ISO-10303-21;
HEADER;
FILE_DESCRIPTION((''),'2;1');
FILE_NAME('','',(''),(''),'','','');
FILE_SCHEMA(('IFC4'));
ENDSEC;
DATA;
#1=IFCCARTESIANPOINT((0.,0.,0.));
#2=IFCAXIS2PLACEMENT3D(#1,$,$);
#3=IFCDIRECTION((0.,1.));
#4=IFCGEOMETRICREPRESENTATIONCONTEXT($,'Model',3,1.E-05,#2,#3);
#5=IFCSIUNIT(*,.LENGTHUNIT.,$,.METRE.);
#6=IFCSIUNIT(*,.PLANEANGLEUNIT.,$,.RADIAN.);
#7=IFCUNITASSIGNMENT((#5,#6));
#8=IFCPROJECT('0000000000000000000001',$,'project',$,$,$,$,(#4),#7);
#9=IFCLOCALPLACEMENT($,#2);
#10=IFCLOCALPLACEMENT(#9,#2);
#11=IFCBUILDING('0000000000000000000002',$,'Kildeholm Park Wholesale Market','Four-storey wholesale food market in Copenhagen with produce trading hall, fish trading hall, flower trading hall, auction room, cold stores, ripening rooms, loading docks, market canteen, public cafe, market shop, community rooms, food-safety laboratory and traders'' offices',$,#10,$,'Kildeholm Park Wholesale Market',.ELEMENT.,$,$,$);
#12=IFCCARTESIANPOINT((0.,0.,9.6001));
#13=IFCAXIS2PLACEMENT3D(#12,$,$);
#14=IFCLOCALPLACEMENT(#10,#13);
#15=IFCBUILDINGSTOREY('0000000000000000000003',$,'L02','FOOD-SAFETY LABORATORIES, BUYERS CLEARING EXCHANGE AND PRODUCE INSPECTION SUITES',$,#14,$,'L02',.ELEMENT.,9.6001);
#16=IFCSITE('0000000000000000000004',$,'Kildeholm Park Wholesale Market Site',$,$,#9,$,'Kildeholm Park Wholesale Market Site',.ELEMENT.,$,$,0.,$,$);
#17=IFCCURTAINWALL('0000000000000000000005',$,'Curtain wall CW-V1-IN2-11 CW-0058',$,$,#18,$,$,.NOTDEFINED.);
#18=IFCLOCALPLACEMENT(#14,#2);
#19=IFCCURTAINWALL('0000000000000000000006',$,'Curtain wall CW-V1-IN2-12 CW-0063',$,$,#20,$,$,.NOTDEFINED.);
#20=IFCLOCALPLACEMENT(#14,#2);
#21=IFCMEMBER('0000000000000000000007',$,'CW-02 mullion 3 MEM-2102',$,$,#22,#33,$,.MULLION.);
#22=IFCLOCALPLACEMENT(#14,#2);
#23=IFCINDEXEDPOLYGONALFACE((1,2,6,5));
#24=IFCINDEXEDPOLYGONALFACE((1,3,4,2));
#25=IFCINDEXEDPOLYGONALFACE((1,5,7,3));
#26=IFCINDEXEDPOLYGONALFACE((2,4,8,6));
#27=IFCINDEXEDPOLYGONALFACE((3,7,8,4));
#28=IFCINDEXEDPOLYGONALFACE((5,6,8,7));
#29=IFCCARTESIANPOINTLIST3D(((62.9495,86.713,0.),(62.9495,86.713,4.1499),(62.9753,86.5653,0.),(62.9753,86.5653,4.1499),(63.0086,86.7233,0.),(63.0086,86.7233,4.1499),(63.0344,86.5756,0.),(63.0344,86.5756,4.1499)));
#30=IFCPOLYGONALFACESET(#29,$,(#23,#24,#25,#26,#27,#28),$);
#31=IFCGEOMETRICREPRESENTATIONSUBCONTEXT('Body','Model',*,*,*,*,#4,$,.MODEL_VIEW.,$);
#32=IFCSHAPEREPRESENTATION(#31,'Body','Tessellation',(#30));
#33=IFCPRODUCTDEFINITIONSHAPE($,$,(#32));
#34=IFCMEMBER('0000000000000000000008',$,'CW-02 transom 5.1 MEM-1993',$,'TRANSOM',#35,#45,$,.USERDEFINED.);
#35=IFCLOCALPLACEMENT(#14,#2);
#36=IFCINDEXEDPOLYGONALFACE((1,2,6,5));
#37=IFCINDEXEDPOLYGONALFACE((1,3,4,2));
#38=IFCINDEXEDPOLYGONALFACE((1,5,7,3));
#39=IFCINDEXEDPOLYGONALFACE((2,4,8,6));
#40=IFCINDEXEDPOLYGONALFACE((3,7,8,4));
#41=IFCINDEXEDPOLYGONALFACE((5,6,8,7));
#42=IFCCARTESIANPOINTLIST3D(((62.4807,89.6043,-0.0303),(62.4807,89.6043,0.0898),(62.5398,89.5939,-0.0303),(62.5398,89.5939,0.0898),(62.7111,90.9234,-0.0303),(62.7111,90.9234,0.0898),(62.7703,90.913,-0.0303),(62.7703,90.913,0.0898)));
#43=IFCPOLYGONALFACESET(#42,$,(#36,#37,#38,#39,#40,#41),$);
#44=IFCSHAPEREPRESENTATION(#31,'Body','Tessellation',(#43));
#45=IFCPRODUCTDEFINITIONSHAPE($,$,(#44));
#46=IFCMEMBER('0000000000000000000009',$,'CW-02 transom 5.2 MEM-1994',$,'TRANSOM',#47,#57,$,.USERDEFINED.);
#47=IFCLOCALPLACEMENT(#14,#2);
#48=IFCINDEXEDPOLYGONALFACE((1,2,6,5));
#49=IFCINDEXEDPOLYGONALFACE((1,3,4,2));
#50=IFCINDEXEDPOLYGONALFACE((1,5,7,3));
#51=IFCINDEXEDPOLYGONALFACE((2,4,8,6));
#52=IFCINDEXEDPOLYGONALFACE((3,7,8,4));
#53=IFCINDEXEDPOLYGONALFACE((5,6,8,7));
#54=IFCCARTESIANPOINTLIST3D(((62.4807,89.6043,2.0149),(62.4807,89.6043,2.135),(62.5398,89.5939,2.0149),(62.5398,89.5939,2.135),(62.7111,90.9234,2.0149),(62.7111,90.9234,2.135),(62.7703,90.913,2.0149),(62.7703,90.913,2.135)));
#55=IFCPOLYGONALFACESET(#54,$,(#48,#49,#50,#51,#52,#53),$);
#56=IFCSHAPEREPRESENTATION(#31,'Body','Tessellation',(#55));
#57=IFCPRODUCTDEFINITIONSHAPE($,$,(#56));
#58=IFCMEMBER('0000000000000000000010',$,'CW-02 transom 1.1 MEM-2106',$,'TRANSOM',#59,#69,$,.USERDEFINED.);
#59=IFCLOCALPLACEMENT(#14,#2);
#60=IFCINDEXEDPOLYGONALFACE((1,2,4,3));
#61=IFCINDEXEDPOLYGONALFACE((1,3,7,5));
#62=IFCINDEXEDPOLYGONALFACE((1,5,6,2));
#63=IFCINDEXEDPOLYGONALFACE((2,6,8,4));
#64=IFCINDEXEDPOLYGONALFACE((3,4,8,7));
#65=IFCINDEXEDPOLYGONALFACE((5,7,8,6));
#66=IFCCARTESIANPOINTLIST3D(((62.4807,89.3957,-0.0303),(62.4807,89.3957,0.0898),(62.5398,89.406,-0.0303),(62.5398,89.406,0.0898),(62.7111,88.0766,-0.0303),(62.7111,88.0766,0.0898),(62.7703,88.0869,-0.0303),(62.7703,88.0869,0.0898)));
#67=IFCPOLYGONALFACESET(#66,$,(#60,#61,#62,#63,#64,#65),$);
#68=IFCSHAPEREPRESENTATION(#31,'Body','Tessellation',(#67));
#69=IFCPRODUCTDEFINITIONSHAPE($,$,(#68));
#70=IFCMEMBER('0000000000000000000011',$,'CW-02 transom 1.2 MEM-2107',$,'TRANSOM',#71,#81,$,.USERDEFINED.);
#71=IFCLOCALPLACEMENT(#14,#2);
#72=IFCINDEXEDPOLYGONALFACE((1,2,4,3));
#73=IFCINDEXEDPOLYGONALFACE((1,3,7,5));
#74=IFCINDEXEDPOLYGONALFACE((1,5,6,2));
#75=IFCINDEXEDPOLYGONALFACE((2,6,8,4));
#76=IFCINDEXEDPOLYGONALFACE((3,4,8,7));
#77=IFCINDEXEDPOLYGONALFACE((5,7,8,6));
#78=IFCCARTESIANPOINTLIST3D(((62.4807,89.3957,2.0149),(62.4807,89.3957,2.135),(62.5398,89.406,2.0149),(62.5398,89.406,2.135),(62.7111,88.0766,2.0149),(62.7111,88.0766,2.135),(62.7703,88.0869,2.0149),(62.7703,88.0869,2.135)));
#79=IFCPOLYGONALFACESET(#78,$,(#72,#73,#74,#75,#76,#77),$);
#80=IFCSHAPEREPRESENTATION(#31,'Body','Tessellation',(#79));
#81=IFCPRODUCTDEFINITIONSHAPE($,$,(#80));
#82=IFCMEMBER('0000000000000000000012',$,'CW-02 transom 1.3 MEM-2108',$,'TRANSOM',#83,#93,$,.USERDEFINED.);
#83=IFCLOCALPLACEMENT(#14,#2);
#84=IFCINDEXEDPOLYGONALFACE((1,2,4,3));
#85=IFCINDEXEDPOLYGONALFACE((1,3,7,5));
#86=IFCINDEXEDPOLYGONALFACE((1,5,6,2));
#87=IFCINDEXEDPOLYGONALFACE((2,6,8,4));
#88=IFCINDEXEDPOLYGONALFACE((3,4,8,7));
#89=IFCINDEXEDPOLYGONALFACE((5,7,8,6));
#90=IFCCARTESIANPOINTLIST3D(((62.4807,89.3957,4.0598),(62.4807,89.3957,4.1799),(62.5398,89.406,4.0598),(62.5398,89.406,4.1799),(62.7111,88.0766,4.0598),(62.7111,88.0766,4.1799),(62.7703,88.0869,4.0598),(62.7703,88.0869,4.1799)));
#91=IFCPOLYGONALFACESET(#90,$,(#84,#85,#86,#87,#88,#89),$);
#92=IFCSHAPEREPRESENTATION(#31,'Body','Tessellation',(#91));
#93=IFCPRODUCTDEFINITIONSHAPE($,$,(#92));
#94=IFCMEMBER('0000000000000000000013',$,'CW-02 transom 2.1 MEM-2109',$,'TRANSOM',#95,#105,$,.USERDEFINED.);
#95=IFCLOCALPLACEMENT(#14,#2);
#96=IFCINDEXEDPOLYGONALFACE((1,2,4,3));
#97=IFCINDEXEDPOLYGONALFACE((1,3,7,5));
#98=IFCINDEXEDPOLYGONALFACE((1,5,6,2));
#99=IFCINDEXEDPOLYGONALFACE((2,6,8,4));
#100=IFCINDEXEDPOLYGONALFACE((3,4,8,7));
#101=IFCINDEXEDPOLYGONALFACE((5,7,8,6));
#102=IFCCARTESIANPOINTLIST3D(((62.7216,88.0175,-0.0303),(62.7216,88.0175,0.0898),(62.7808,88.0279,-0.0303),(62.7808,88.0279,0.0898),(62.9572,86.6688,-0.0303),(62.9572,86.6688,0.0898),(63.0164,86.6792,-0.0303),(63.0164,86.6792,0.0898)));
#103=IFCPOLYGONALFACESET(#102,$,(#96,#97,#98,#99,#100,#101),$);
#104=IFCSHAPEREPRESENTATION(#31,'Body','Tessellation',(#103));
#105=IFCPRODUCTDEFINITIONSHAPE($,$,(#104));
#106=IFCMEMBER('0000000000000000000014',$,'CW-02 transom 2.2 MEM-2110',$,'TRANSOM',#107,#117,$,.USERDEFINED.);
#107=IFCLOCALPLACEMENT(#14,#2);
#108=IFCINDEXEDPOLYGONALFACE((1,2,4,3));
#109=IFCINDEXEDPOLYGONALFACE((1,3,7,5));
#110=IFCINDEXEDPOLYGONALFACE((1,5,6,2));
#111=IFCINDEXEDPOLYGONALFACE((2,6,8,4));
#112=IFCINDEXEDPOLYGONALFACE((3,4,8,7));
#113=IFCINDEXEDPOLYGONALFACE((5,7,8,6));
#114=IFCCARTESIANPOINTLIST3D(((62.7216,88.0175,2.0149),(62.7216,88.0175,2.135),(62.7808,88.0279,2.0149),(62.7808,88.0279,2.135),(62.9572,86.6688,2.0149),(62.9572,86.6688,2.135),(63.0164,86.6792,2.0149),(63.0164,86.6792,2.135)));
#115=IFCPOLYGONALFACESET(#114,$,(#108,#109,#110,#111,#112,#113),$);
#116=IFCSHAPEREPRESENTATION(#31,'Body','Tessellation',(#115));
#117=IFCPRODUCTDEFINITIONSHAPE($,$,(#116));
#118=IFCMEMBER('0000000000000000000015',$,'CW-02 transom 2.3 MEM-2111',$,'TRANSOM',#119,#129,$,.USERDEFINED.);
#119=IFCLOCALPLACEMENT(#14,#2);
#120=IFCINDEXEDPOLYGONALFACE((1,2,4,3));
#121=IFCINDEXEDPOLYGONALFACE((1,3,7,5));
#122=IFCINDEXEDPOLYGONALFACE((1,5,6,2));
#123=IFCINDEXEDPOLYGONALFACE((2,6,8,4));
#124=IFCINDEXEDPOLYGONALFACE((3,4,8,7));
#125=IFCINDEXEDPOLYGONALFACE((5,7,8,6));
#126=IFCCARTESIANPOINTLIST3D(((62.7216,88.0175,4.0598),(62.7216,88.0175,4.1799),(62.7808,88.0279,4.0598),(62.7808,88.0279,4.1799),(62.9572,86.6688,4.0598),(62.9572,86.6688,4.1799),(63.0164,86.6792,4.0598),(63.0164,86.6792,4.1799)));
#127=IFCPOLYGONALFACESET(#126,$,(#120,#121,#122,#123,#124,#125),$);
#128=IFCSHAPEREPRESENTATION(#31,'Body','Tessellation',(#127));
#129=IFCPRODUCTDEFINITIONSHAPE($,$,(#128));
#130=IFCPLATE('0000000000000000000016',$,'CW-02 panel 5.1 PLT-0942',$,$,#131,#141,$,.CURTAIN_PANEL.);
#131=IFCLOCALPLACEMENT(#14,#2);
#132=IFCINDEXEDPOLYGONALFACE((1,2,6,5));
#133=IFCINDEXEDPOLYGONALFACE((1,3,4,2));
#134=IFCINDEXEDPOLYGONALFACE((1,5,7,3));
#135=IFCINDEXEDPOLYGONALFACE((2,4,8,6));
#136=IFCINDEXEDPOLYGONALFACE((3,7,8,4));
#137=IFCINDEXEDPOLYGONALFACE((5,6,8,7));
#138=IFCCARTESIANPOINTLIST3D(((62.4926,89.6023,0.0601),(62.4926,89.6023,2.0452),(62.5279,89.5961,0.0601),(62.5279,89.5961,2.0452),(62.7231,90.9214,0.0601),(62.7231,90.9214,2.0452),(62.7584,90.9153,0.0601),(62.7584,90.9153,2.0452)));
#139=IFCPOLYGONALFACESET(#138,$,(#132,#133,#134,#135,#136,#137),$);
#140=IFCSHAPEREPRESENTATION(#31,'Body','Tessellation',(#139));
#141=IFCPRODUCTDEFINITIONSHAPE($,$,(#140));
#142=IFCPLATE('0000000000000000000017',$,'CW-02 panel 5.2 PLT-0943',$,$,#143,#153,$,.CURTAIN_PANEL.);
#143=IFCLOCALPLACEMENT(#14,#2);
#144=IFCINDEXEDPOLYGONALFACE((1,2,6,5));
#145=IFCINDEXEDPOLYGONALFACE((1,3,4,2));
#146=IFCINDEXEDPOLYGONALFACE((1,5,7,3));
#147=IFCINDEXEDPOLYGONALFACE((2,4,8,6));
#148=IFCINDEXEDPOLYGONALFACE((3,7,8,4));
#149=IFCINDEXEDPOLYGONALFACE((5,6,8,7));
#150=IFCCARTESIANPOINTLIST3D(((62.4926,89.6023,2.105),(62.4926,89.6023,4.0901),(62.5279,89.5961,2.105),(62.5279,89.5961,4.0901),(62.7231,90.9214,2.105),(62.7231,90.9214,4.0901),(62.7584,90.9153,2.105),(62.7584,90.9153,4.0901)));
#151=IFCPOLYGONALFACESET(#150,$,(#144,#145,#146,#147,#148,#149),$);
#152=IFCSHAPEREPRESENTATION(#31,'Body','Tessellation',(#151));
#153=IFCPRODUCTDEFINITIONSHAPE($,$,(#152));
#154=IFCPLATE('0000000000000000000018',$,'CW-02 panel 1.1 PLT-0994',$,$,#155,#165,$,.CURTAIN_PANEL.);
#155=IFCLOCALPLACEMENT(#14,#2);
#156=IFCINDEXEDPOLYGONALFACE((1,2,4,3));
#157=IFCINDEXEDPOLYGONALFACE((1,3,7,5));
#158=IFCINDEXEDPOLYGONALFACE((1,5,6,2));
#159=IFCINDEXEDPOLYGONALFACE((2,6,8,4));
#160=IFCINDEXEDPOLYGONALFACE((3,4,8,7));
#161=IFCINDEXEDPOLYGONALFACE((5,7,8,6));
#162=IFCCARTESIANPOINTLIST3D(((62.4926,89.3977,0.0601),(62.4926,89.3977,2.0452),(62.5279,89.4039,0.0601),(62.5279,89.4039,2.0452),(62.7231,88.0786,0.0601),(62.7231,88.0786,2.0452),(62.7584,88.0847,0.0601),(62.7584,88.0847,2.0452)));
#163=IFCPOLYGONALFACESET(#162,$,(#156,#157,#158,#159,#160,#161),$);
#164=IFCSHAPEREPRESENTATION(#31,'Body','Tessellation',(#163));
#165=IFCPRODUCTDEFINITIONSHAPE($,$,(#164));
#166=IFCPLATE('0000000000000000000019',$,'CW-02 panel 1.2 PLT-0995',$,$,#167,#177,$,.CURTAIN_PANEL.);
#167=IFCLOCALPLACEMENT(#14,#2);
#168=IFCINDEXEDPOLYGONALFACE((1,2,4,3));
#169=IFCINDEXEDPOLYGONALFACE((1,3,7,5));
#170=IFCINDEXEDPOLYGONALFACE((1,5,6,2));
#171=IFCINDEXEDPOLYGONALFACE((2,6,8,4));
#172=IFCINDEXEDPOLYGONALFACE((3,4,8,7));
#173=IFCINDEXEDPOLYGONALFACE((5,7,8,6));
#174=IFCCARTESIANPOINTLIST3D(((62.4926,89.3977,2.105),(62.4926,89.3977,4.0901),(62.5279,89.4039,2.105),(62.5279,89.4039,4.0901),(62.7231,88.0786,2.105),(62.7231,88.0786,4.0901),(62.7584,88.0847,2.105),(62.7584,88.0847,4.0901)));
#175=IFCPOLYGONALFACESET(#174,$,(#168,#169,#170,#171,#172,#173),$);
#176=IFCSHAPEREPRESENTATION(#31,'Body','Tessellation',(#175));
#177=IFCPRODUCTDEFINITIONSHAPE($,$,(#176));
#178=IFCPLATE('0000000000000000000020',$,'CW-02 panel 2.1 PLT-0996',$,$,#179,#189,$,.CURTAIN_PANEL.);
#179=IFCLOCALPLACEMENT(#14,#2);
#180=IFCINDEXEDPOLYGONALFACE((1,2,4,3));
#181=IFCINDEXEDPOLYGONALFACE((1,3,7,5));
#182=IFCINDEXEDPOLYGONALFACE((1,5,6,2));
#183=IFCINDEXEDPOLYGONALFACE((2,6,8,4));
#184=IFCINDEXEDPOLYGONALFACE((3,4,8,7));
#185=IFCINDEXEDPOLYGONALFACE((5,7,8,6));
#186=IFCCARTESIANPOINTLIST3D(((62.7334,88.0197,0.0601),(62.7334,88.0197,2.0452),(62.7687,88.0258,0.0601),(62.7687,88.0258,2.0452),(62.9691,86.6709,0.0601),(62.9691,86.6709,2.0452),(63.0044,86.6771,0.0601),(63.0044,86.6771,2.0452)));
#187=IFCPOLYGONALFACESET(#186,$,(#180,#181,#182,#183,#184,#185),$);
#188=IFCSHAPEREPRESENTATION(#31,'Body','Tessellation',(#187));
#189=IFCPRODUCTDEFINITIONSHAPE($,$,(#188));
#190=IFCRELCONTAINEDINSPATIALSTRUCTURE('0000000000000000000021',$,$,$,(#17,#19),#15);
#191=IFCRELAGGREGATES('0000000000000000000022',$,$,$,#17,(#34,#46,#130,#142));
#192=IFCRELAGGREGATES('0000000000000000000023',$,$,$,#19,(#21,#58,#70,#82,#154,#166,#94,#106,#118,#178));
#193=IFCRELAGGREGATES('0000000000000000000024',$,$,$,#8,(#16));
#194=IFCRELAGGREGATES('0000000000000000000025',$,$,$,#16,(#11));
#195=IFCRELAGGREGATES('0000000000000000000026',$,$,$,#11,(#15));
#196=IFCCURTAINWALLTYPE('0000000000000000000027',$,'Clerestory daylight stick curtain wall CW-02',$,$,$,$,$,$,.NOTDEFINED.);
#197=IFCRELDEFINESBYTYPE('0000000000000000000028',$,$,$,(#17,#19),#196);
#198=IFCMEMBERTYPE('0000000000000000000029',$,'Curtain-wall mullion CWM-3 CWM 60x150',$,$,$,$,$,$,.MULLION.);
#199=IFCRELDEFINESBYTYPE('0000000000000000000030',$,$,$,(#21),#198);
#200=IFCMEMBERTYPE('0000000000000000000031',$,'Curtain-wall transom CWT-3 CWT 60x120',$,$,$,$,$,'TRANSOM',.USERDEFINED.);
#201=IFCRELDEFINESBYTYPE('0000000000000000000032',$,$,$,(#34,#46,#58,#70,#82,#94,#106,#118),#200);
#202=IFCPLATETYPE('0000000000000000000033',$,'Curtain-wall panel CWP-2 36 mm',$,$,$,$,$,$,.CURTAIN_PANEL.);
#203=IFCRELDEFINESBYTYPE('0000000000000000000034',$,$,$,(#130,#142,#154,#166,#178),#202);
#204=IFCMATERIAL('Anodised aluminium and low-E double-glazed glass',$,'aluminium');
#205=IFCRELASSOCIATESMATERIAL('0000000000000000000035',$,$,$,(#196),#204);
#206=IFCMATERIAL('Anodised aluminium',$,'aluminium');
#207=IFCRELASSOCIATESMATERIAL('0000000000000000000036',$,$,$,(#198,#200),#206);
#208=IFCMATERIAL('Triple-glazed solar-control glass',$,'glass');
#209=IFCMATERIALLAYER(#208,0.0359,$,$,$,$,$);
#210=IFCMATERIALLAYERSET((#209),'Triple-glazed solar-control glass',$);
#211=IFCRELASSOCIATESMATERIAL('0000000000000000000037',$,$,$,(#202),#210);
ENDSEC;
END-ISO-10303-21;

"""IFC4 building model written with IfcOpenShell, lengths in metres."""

from ifc_helpers import new_model, si_unit, direction, frame, origin, origin_2d, place, context, subcontext, project, spatial, rectangle, extrude, material, layer, layer_set, material_profile, profile_set, type_object, element, aggregate, save


model = new_model("IFC4")

# Units and contexts
model_context = context("Model", 3, precision=1e-05, world=origin(), true_north=direction((0.0, 1.0)))
body_context = subcontext(model_context, "Body", "Model", "MODEL_VIEW")
ifc_project = project(units=[si_unit("LENGTHUNIT", "METRE"), si_unit("PLANEANGLEUNIT", "RADIAN")], contexts=[model_context])

# Site, building, storey
site_placement = place(None, origin())
site = spatial("IfcSite", under=ifc_project, at=site_placement, Name="Kildeholm Park Wholesale Market Site", LongName="Kildeholm Park Wholesale Market Site", CompositionType="ELEMENT", RefElevation=0.0)
building_placement = place(site_placement, origin())
building = spatial("IfcBuilding", under=site, at=building_placement, Name="Kildeholm Park Wholesale Market", Description="Four-storey wholesale food market in Copenhagen with produce trading hall, fish trading hall, flower trading hall, auction room, cold stores, ripening rooms, loading docks, market canteen, public cafe, market shop, community rooms, food-safety laboratory and traders' offices", LongName="Kildeholm Park Wholesale Market", CompositionType="ELEMENT")
storey_placement = place(building_placement, frame((0.0, 0.0, 9.6001)))
storey = spatial("IfcBuildingStorey", under=building, at=storey_placement, Name="L02", Description="FOOD-SAFETY LABORATORIES, BUYERS CLEARING EXCHANGE AND PRODUCE INSPECTION SUITES", LongName="L02", CompositionType="ELEMENT", Elevation=9.6001)

# Curtain wall
ifc_material_1 = material(Name="Anodised aluminium and low-E double-glazed glass", Category="aluminium")
curtain_wall_type = type_object("IfcCurtainWallType", Name="Clerestory daylight stick curtain wall CW-02", PredefinedType="NOTDEFINED", material=ifc_material_1)
curtain_wall_1_placement = place(storey_placement, origin())
curtain_wall_1 = element("IfcCurtainWall", 1, at=curtain_wall_1_placement, inside=storey, type_object=curtain_wall_type, Name="Curtain wall CW-V1-IN2-11 CW-0058", PredefinedType="NOTDEFINED")
ifc_material_2 = material(Name="Anodised aluminium", Category="aluminium")
ifc_material_profile_1 = material_profile(ifc_material_2, rectangle(XDim=0.0601, YDim=0.1499, at=origin_2d()), Name="CWM 60x150")
ifc_profile_set_1 = profile_set([ifc_material_profile_1], Name="Anodised aluminium")
member_type_1 = type_object("IfcMemberType", Name="Curtain-wall mullion CWM-3 CWM 60x150", PredefinedType="MULLION", material=ifc_profile_set_1)

# Curtain wall, member
curtain_wall_2_placement = place(storey_placement, origin())
curtain_wall_2 = element("IfcCurtainWall", 2, at=curtain_wall_2_placement, inside=storey, type_object=curtain_wall_type, Name="Curtain wall CW-V1-IN2-12 CW-0063", PredefinedType="NOTDEFINED")
member_1_placement = place(storey_placement, frame((62.9919, 86.6443, 0.0), z_axis=(0.0, 0.0, 1.0), x_axis=(0.985074, 0.172133, 0.0)))
member_1 = element("IfcMember", 3, at=member_1_placement, type_object=member_type_1, Name="CW-02 mullion 3 MEM-2102", PredefinedType="MULLION", context=body_context, shape_type="SweptSolid", body=[
    extrude(rectangle(XDim=0.0601, YDim=0.1499, at=origin_2d()), origin(), (0.0, 0.0, 1.0), 4.1499),
])

# Members
ifc_material_profile_2 = material_profile(ifc_material_2, rectangle(XDim=0.0601, YDim=0.1201, at=origin_2d()), Name="CWT 60x120")
ifc_profile_set_2 = profile_set([ifc_material_profile_2], Name="Anodised aluminium")
member_type_2 = type_object("IfcMemberType", Name="Curtain-wall transom CWT-3 CWT 60x120", ElementType="TRANSOM", PredefinedType="USERDEFINED", material=ifc_profile_set_2)
member_2_placement = place(storey_placement, frame((62.7407, 90.9182, 0.0298), z_axis=(-0.172111, -0.985078, 0.0), x_axis=(0.985078, -0.172111, 0.0)))
member_2 = element("IfcMember", 4, at=member_2_placement, type_object=member_type_2, Name="CW-02 transom 5.1 MEM-1993", ObjectType="TRANSOM", PredefinedType="USERDEFINED", context=body_context, shape_type="SweptSolid", body=[
    extrude(rectangle(XDim=0.0601, YDim=0.1201, at=origin_2d()), origin(), (0.0, 0.0, 1.0), 1.3391),
])
member_3_placement = place(storey_placement, frame((62.7407, 90.9182, 2.075), z_axis=(-0.172111, -0.985078, 0.0), x_axis=(0.985078, -0.172111, 0.0)))
member_3 = element("IfcMember", 5, at=member_3_placement, type_object=member_type_2, Name="CW-02 transom 5.2 MEM-1994", ObjectType="TRANSOM", PredefinedType="USERDEFINED", context=body_context, shape_type="SweptSolid", body=[
    extrude(rectangle(XDim=0.0601, YDim=0.1201, at=origin_2d()), origin(), (0.0, 0.0, 1.0), 1.3391),
])
member_4_placement = place(storey_placement, frame((62.5103, 89.4009, 0.0298), z_axis=(0.172111, -0.985078, 0.0), x_axis=(0.985078, 0.172111, 0.0)))
member_4 = element("IfcMember", 6, at=member_4_placement, type_object=member_type_2, Name="CW-02 transom 1.1 MEM-2106", ObjectType="TRANSOM", PredefinedType="USERDEFINED", context=body_context, shape_type="SweptSolid", body=[
    extrude(rectangle(XDim=0.0601, YDim=0.1201, at=origin_2d()), origin(), (0.0, 0.0, 1.0), 1.3391),
])
member_5_placement = place(storey_placement, frame((62.5103, 89.4009, 2.075), z_axis=(0.172111, -0.985078, 0.0), x_axis=(0.985078, 0.172111, 0.0)))
member_5 = element("IfcMember", 7, at=member_5_placement, type_object=member_type_2, Name="CW-02 transom 1.2 MEM-2107", ObjectType="TRANSOM", PredefinedType="USERDEFINED", context=body_context, shape_type="SweptSolid", body=[
    extrude(rectangle(XDim=0.0601, YDim=0.1201, at=origin_2d()), origin(), (0.0, 0.0, 1.0), 1.3391),
])
member_6_placement = place(storey_placement, frame((62.5103, 89.4009, 4.1199), z_axis=(0.172111, -0.985078, 0.0), x_axis=(0.985078, 0.172111, 0.0)))
member_6 = element("IfcMember", 8, at=member_6_placement, type_object=member_type_2, Name="CW-02 transom 1.3 MEM-2108", ObjectType="TRANSOM", PredefinedType="USERDEFINED", context=body_context, shape_type="SweptSolid", body=[
    extrude(rectangle(XDim=0.0601, YDim=0.1201, at=origin_2d()), origin(), (0.0, 0.0, 1.0), 1.3391),
])
member_7_placement = place(storey_placement, frame((62.7512, 88.0227, 0.0298), z_axis=(0.172086, -0.985082, 0.0), x_axis=(0.985082, 0.172086, 0.0)))
member_7 = element("IfcMember", 9, at=member_7_placement, type_object=member_type_2, Name="CW-02 transom 2.1 MEM-2109", ObjectType="TRANSOM", PredefinedType="USERDEFINED", context=body_context, shape_type="SweptSolid", body=[
    extrude(rectangle(XDim=0.0601, YDim=0.1201, at=origin_2d()), origin(), (0.0, 0.0, 1.0), 1.3691),
])
member_8_placement = place(storey_placement, frame((62.7512, 88.0227, 2.075), z_axis=(0.172086, -0.985082, 0.0), x_axis=(0.985082, 0.172086, 0.0)))
member_8 = element("IfcMember", 10, at=member_8_placement, type_object=member_type_2, Name="CW-02 transom 2.2 MEM-2110", ObjectType="TRANSOM", PredefinedType="USERDEFINED", context=body_context, shape_type="SweptSolid", body=[
    extrude(rectangle(XDim=0.0601, YDim=0.1201, at=origin_2d()), origin(), (0.0, 0.0, 1.0), 1.3691),
])
member_9_placement = place(storey_placement, frame((62.7512, 88.0227, 4.1199), z_axis=(0.172086, -0.985082, 0.0), x_axis=(0.985082, 0.172086, 0.0)))
member_9 = element("IfcMember", 11, at=member_9_placement, type_object=member_type_2, Name="CW-02 transom 2.3 MEM-2111", ObjectType="TRANSOM", PredefinedType="USERDEFINED", context=body_context, shape_type="SweptSolid", body=[
    extrude(rectangle(XDim=0.0601, YDim=0.1201, at=origin_2d()), origin(), (0.0, 0.0, 1.0), 1.3691),
])

# Plates
ifc_material_3 = material(Name="Triple-glazed solar-control glass", Category="glass")
ifc_layer_1 = layer(ifc_material_3, 0.0359)
ifc_layer_set_1 = layer_set([ifc_layer_1], Name="Triple-glazed solar-control glass")
plate_type_1 = type_object("IfcPlateType", Name="Curtain-wall panel CWP-2 36 mm", PredefinedType="CURTAIN_PANEL", material=ifc_layer_set_1)
plate_1_placement = place(storey_placement, frame((62.6255, 90.2588, 0.0601), z_axis=(0.0, 0.0, 1.0), x_axis=(-0.172133, -0.985074, 0.0)))
plate_1 = element("IfcPlate", 12, at=plate_1_placement, type_object=plate_type_1, Name="CW-02 panel 5.1 PLT-0942", PredefinedType="CURTAIN_PANEL", context=body_context, shape_type="SweptSolid", body=[
    extrude(rectangle(XDim=1.3391, YDim=0.0359, at=origin_2d()), origin(), (0.0, 0.0, 1.0), 1.9851),
])
plate_2_placement = place(storey_placement, frame((62.6255, 90.2588, 2.105), z_axis=(0.0, 0.0, 1.0), x_axis=(-0.172133, -0.985074, 0.0)))
plate_2 = element("IfcPlate", 13, at=plate_2_placement, type_object=plate_type_1, Name="CW-02 panel 5.2 PLT-0943", PredefinedType="CURTAIN_PANEL", context=body_context, shape_type="SweptSolid", body=[
    extrude(rectangle(XDim=1.3391, YDim=0.0359, at=origin_2d()), origin(), (0.0, 0.0, 1.0), 1.9851),
])
aggregate(curtain_wall_1, [member_2, member_3, plate_1, plate_2])
plate_3_placement = place(storey_placement, frame((62.6255, 88.7412, 0.0601), z_axis=(0.0, 0.0, 1.0), x_axis=(0.172133, -0.985074, 0.0)))
plate_3 = element("IfcPlate", 14, at=plate_3_placement, type_object=plate_type_1, Name="CW-02 panel 1.1 PLT-0994", PredefinedType="CURTAIN_PANEL", context=body_context, shape_type="SweptSolid", body=[
    extrude(rectangle(XDim=1.3391, YDim=0.0359, at=origin_2d()), origin(), (0.0, 0.0, 1.0), 1.9851),
])
plate_4_placement = place(storey_placement, frame((62.6255, 88.7412, 2.105), z_axis=(0.0, 0.0, 1.0), x_axis=(0.172133, -0.985074, 0.0)))
plate_4 = element("IfcPlate", 15, at=plate_4_placement, type_object=plate_type_1, Name="CW-02 panel 1.2 PLT-0995", PredefinedType="CURTAIN_PANEL", context=body_context, shape_type="SweptSolid", body=[
    extrude(rectangle(XDim=1.3391, YDim=0.0359, at=origin_2d()), origin(), (0.0, 0.0, 1.0), 1.9851),
])
plate_5_placement = place(storey_placement, frame((62.8689, 87.3484, 0.0601), z_axis=(0.0, 0.0, 1.0), x_axis=(0.172133, -0.985074, 0.0)))
plate_5 = element("IfcPlate", 16, at=plate_5_placement, type_object=plate_type_1, Name="CW-02 panel 2.1 PLT-0996", PredefinedType="CURTAIN_PANEL", context=body_context, shape_type="SweptSolid", body=[
    extrude(rectangle(XDim=1.3691, YDim=0.0359, at=origin_2d()), origin(), (0.0, 0.0, 1.0), 1.9851),
])
aggregate(curtain_wall_2, [member_1, member_4, member_5, member_6, plate_3, plate_4, member_7, member_8, member_9, plate_5])

save(model, "model.ifc")
